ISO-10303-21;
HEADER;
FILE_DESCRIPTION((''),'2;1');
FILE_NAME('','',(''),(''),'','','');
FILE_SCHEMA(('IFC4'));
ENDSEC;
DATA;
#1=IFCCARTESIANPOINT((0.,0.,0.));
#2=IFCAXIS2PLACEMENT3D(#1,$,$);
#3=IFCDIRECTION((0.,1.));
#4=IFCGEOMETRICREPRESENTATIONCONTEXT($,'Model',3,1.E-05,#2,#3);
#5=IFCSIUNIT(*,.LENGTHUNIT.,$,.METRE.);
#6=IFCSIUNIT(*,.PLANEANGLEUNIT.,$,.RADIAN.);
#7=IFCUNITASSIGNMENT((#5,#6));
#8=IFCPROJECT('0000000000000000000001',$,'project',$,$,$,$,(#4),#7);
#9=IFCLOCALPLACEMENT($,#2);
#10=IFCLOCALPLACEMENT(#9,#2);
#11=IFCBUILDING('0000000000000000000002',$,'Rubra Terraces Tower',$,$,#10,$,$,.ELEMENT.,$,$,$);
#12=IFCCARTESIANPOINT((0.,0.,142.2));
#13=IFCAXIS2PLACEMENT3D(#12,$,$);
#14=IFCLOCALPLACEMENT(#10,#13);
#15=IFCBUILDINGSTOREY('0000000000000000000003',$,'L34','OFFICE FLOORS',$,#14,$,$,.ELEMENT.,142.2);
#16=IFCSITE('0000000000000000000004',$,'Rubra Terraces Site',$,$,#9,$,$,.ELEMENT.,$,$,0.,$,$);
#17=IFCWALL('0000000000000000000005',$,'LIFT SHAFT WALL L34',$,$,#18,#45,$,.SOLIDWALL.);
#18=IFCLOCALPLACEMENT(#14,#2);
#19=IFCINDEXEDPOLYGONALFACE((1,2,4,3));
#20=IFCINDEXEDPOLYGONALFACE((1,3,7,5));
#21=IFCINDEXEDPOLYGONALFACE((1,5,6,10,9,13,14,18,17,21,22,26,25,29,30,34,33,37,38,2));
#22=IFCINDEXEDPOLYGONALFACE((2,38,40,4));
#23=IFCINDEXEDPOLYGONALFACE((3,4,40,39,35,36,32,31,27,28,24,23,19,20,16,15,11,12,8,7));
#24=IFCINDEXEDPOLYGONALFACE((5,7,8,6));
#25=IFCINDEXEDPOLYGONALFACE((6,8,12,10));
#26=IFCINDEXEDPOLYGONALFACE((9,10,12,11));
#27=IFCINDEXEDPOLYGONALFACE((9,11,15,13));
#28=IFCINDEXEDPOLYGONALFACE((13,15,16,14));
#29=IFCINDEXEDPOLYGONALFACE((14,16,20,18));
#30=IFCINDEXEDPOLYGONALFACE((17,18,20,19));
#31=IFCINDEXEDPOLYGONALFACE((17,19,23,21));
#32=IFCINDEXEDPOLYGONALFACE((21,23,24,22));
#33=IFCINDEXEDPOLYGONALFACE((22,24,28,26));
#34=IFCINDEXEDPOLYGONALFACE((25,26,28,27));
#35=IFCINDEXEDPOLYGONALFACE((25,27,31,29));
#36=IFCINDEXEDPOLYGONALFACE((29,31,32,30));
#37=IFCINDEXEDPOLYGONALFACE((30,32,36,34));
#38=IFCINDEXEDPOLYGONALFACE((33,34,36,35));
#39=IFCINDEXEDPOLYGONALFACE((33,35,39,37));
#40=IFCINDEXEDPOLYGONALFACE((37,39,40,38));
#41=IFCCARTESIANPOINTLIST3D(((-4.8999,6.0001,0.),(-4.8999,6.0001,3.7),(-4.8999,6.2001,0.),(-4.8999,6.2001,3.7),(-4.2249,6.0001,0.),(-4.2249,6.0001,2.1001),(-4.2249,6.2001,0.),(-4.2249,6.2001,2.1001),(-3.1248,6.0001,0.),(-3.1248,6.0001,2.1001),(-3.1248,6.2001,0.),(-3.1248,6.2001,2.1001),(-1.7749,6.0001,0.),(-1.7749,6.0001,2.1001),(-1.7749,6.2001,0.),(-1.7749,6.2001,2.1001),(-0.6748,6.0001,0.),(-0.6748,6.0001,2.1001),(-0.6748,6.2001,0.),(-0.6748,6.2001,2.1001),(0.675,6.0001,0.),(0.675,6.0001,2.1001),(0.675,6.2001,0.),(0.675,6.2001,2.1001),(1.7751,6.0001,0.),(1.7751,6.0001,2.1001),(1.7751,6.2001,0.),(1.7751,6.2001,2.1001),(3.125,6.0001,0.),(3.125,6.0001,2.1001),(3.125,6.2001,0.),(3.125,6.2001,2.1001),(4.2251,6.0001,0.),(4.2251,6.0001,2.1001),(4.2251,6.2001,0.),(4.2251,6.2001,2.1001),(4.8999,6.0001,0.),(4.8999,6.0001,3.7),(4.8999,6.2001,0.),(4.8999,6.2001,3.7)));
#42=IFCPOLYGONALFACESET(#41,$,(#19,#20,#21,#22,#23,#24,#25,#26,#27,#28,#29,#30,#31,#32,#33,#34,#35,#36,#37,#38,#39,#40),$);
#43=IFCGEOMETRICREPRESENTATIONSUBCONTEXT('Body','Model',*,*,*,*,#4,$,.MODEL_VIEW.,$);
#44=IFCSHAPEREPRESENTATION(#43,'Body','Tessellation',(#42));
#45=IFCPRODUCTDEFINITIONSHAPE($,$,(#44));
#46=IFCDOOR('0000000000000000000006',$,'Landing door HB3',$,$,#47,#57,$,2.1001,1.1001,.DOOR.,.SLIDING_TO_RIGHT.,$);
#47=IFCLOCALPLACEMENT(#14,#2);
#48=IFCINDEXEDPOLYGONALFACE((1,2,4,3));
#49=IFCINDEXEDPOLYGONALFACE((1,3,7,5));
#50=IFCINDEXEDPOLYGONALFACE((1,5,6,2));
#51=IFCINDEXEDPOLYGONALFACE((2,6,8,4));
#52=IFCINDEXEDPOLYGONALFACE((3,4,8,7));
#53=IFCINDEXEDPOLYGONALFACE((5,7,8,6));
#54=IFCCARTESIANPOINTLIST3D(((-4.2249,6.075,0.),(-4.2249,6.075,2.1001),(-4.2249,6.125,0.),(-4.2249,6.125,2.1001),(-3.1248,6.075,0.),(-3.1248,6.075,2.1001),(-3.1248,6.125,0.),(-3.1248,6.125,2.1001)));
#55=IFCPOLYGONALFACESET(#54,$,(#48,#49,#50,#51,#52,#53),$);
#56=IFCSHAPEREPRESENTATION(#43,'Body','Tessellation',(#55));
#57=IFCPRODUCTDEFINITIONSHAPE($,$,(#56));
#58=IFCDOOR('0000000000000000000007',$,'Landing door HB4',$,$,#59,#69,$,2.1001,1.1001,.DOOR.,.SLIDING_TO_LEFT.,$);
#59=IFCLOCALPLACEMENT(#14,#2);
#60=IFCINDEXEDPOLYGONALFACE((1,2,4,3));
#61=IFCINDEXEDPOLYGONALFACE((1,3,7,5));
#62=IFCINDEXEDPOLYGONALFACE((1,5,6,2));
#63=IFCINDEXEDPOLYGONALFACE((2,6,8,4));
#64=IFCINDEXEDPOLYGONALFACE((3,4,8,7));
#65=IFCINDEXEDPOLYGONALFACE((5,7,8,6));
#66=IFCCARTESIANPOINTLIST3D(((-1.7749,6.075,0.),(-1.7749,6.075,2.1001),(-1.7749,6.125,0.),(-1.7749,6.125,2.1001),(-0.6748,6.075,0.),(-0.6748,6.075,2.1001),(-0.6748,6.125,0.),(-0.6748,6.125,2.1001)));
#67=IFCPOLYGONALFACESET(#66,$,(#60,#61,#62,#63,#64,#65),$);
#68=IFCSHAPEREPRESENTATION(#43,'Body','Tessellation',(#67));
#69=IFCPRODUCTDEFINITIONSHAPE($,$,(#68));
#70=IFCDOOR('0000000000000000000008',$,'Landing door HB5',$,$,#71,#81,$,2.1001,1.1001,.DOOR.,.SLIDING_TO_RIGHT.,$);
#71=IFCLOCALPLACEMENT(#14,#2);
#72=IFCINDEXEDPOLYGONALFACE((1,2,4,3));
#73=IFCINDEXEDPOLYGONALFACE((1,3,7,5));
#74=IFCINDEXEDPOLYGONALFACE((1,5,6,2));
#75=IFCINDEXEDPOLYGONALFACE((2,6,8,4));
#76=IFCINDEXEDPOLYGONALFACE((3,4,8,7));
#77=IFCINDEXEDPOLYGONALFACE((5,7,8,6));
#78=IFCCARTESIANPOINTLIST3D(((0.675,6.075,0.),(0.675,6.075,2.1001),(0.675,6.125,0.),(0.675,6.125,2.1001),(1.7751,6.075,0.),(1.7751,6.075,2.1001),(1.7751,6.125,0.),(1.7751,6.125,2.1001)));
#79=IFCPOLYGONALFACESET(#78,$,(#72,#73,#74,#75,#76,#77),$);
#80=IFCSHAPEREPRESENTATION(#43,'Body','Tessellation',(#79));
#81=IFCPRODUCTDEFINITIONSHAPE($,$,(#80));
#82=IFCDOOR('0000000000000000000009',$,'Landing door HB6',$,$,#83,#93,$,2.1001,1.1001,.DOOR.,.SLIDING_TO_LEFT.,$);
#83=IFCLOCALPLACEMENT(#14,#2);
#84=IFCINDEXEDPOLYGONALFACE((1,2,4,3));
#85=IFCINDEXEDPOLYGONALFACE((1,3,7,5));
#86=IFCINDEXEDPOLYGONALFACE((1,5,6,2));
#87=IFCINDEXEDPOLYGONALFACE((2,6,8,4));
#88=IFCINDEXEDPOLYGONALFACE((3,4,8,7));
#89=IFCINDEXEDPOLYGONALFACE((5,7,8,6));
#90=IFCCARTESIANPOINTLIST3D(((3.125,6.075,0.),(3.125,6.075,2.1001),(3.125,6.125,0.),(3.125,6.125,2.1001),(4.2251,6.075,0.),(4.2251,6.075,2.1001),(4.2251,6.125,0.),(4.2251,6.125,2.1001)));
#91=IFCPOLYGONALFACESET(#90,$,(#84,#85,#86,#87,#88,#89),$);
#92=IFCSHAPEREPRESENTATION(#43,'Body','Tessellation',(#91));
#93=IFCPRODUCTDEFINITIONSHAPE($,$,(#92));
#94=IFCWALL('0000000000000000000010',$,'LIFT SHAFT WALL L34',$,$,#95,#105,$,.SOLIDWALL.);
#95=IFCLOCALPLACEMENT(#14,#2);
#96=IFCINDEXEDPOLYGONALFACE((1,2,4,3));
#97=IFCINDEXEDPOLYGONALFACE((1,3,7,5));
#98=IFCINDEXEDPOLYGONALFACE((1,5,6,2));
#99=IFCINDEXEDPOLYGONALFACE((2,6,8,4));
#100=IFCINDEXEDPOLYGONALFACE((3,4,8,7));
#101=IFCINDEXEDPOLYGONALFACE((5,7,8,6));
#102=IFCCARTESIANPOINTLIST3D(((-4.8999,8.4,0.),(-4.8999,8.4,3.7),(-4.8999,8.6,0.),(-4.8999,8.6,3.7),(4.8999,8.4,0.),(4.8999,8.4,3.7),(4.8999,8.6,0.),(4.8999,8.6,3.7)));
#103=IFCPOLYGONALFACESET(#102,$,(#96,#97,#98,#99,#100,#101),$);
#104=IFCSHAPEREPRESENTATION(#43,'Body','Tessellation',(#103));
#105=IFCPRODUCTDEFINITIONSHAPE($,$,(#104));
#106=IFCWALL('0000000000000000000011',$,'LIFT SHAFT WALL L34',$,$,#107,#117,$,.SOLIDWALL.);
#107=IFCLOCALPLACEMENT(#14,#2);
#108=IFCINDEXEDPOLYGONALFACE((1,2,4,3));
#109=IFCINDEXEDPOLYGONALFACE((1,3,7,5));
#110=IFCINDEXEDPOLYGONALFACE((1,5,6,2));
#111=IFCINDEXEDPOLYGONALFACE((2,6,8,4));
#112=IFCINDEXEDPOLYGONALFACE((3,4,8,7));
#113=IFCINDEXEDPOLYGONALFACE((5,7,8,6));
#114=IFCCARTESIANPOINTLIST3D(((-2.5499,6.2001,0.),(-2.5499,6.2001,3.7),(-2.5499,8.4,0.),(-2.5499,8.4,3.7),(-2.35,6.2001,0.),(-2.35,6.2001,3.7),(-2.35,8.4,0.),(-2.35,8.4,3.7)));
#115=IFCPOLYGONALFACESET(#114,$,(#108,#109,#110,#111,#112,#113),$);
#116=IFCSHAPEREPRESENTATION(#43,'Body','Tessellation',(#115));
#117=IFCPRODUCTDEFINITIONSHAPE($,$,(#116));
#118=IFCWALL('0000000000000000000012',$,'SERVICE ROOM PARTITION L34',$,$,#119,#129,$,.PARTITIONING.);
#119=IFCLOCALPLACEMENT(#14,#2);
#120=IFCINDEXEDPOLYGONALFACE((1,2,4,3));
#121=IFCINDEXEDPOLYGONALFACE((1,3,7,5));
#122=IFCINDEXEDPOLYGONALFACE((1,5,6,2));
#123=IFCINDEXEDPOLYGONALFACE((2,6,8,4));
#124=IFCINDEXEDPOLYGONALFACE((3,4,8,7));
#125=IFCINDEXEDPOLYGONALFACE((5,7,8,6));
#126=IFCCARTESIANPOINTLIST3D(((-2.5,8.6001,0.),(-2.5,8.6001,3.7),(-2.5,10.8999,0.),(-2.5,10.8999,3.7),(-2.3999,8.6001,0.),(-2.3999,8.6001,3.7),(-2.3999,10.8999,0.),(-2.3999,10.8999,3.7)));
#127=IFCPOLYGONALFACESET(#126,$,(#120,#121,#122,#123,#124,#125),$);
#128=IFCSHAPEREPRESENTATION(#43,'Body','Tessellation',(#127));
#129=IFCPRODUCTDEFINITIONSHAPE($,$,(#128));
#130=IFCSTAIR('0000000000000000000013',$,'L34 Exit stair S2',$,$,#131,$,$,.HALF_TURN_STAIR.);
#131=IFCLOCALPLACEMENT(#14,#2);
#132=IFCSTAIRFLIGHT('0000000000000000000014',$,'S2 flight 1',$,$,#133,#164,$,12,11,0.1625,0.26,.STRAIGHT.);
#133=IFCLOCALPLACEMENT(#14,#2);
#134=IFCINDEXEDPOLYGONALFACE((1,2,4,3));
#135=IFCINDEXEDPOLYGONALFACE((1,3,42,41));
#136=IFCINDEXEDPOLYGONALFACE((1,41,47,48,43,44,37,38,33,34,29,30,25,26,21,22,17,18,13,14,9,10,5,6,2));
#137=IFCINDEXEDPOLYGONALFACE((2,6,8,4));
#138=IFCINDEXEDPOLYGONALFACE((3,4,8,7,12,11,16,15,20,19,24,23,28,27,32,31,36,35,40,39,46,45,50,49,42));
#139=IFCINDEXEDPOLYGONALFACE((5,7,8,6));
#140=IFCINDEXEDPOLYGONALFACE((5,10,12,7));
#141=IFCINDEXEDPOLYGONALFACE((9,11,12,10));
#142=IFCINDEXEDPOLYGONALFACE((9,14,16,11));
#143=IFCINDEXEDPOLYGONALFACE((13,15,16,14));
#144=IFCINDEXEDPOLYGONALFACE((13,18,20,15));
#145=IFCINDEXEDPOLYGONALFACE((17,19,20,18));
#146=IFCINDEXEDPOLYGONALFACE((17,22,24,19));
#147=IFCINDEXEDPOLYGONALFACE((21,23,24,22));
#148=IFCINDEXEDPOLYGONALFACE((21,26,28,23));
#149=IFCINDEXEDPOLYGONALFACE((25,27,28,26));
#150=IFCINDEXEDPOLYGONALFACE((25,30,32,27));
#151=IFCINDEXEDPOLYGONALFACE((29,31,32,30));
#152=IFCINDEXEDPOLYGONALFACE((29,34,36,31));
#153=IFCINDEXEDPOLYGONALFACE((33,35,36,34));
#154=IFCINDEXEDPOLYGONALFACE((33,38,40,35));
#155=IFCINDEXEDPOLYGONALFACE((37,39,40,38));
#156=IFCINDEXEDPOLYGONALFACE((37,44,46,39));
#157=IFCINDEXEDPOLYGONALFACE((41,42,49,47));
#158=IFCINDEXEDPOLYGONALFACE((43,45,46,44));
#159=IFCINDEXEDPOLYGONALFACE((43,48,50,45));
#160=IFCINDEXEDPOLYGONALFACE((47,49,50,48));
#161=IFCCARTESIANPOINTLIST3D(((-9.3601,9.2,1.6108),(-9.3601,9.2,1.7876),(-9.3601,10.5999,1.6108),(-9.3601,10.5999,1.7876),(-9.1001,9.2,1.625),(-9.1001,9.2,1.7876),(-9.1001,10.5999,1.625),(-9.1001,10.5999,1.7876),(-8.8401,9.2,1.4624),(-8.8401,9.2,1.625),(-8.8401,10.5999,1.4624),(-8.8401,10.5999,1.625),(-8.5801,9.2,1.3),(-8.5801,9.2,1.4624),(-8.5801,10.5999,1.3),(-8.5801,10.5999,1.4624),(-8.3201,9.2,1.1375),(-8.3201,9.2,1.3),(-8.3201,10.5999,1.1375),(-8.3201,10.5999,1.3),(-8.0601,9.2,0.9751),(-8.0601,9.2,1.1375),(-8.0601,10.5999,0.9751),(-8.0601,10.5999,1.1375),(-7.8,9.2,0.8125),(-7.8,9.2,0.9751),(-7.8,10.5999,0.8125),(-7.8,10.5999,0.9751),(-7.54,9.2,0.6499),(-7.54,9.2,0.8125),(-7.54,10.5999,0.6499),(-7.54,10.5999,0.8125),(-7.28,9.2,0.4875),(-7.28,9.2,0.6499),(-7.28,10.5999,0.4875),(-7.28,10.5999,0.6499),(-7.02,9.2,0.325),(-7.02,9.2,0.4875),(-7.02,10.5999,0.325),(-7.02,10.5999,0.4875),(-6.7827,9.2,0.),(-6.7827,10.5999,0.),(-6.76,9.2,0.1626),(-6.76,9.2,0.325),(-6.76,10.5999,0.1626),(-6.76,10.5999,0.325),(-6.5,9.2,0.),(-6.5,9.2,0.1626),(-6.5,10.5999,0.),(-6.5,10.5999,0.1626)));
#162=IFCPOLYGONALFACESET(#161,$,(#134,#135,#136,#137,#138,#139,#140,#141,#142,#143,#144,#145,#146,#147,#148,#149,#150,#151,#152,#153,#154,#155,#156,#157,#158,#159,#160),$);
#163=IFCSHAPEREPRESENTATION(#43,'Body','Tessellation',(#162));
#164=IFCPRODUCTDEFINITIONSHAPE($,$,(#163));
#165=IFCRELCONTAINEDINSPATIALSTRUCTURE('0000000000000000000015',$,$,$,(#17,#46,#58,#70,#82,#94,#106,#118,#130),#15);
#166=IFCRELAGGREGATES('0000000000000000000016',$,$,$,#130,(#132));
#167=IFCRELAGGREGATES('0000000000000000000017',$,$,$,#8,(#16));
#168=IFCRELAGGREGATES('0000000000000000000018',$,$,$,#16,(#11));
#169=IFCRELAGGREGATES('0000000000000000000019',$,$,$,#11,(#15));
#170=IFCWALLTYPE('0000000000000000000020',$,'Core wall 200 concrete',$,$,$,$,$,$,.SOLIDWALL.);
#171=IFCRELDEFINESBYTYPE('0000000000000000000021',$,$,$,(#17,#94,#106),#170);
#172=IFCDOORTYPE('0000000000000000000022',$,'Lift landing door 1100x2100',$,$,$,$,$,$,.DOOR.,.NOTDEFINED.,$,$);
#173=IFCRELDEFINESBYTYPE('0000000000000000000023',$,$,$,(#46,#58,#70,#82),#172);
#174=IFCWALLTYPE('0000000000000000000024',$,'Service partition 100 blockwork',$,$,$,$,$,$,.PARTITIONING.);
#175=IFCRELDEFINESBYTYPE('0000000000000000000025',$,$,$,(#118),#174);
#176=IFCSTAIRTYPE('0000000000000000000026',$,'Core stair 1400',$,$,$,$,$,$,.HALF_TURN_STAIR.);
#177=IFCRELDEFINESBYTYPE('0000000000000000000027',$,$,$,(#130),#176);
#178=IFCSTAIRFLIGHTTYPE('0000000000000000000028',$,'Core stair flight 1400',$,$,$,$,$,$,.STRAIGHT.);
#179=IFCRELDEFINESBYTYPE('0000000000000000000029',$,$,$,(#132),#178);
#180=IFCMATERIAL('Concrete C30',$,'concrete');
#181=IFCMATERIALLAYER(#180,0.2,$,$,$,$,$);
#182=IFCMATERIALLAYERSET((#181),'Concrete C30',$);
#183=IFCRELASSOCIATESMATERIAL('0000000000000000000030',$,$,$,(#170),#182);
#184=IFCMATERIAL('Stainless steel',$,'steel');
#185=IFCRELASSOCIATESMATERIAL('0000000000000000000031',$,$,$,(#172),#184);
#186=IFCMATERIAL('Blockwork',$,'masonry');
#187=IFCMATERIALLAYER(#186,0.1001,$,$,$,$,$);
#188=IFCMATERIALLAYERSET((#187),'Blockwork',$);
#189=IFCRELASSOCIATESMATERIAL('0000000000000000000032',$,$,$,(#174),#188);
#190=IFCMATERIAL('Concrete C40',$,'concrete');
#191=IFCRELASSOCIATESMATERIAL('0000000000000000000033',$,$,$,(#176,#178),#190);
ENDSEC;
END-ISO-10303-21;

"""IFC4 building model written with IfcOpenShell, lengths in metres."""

from ifc_helpers import new_model, si_unit, direction, frame, frame_2d, origin, place, context, subcontext, project, spatial, polyline, rectangle, outline, extrude, material, layer, layer_set, type_object, element, fill, aggregate, save


model = new_model("IFC4")

# Units and contexts
model_context = context("Model", 3, precision=1e-05, world=origin(), true_north=direction((0.0, 1.0)))
body_context = subcontext(model_context, "Body", "Model", "MODEL_VIEW")
ifc_project = project(units=[si_unit("LENGTHUNIT", "METRE"), si_unit("PLANEANGLEUNIT", "RADIAN")], contexts=[model_context])

# Site, building, storey
site_placement = place(None, origin())
site = spatial("IfcSite", under=ifc_project, at=site_placement, Name="Rubra Terraces Site", CompositionType="ELEMENT", RefElevation=0.0)
building_placement = place(site_placement, origin())
building = spatial("IfcBuilding", under=site, at=building_placement, Name="Rubra Terraces Tower", CompositionType="ELEMENT")
storey_placement = place(building_placement, frame((0.0, 0.0, 142.2)))
storey = spatial("IfcBuildingStorey", under=building, at=storey_placement, Name="L34", Description="OFFICE FLOORS", CompositionType="ELEMENT", Elevation=142.2)

# Wall, openings, doors
ifc_material_1 = material(Name="Concrete C30", Category="concrete")
ifc_layer_1 = layer(ifc_material_1, 0.2)
ifc_layer_set_1 = layer_set([ifc_layer_1], Name="Concrete C30")
wall_type_1 = type_object("IfcWallType", Name="Core wall 200 concrete", PredefinedType="SOLIDWALL", material=ifc_layer_set_1)
ifc_material_2 = material(Name="Stainless steel", Category="steel")
door_type_1 = type_object("IfcDoorType", Name="Lift landing door 1100x2100", OperationType="NOTDEFINED", PredefinedType="DOOR", material=ifc_material_2)
wall_1_placement = place(storey_placement, frame((-4.8999, 6.1001, 0.0), z_axis=(0.0, 0.0, 1.0), x_axis=(1.0, 0.0, 0.0)))
wall_1 = element("IfcWall", 1, at=wall_1_placement, inside=storey, type_object=wall_type_1, Name="LIFT SHAFT WALL L34", PredefinedType="SOLIDWALL", context=body_context, shape_type="SweptSolid", body=[
    extrude(rectangle(XDim=9.7998, YDim=0.2, at=frame_2d((4.8999, 0.0))), origin(), (0.0, 0.0, 1.0), 3.7),
])
opening_1_placement = place(wall_1_placement, frame((0.675, 0.0, 0.0)))
opening_1 = element("IfcOpeningElement", 2, at=opening_1_placement, cuts=wall_1, PredefinedType="OPENING", context=body_context, shape_type="SweptSolid", body=[
    extrude(rectangle(XDim=1.1001, YDim=2.1001, at=frame_2d((0.55, 1.05))), frame((0.0, 0.1099, 0.0), z_axis=(0.0, -1.0, 0.0), x_axis=(1.0, 0.0, 0.0)), (0.0, 0.0, 1.0), 0.22),
])
opening_2_placement = place(wall_1_placement, frame((3.125, 0.0, 0.0)))
opening_2 = element("IfcOpeningElement", 3, at=opening_2_placement, cuts=wall_1, PredefinedType="OPENING", context=body_context, shape_type="SweptSolid", body=[
    extrude(rectangle(XDim=1.1001, YDim=2.1001, at=frame_2d((0.55, 1.05))), frame((0.0, 0.1099, 0.0), z_axis=(0.0, -1.0, 0.0), x_axis=(1.0, 0.0, 0.0)), (0.0, 0.0, 1.0), 0.22),
])
opening_3_placement = place(wall_1_placement, frame((5.575, 0.0, 0.0)))
opening_3 = element("IfcOpeningElement", 4, at=opening_3_placement, cuts=wall_1, PredefinedType="OPENING", context=body_context, shape_type="SweptSolid", body=[
    extrude(rectangle(XDim=1.1001, YDim=2.1001, at=frame_2d((0.55, 1.05))), frame((0.0, 0.1099, 0.0), z_axis=(0.0, -1.0, 0.0), x_axis=(1.0, 0.0, 0.0)), (0.0, 0.0, 1.0), 0.22),
])
opening_4_placement = place(wall_1_placement, frame((8.0249, 0.0, 0.0)))
opening_4 = element("IfcOpeningElement", 5, at=opening_4_placement, cuts=wall_1, PredefinedType="OPENING", context=body_context, shape_type="SweptSolid", body=[
    extrude(rectangle(XDim=1.1001, YDim=2.1001, at=frame_2d((0.55, 1.05))), frame((0.0, 0.1099, 0.0), z_axis=(0.0, -1.0, 0.0), x_axis=(1.0, 0.0, 0.0)), (0.0, 0.0, 1.0), 0.22),
])
door_1_placement = place(opening_1_placement, origin())
door_1 = element("IfcDoor", 6, at=door_1_placement, inside=storey, type_object=door_type_1, Name="Landing door HB3", OperationType="SLIDING_TO_RIGHT", OverallHeight=2.1001, OverallWidth=1.1001, PredefinedType="DOOR", context=body_context, shape_type="SweptSolid", body=[
    extrude(rectangle(XDim=1.1001, YDim=2.1001, at=frame_2d((0.55, 1.05))), frame((0.0, 0.0249, 0.0), z_axis=(0.0, -1.0, 0.0), x_axis=(1.0, 0.0, 0.0)), (0.0, 0.0, 1.0), 0.05),
])
fill(opening_1, door_1)
door_2_placement = place(opening_2_placement, origin())
door_2 = element("IfcDoor", 7, at=door_2_placement, inside=storey, type_object=door_type_1, Name="Landing door HB4", OperationType="SLIDING_TO_LEFT", OverallHeight=2.1001, OverallWidth=1.1001, PredefinedType="DOOR", context=body_context, shape_type="SweptSolid", body=[
    extrude(rectangle(XDim=1.1001, YDim=2.1001, at=frame_2d((0.55, 1.05))), frame((0.0, 0.0249, 0.0), z_axis=(0.0, -1.0, 0.0), x_axis=(1.0, 0.0, 0.0)), (0.0, 0.0, 1.0), 0.05),
])
fill(opening_2, door_2)
door_3_placement = place(opening_3_placement, origin())
door_3 = element("IfcDoor", 8, at=door_3_placement, inside=storey, type_object=door_type_1, Name="Landing door HB5", OperationType="SLIDING_TO_RIGHT", OverallHeight=2.1001, OverallWidth=1.1001, PredefinedType="DOOR", context=body_context, shape_type="SweptSolid", body=[
    extrude(rectangle(XDim=1.1001, YDim=2.1001, at=frame_2d((0.55, 1.05))), frame((0.0, 0.0249, 0.0), z_axis=(0.0, -1.0, 0.0), x_axis=(1.0, 0.0, 0.0)), (0.0, 0.0, 1.0), 0.05),
])
fill(opening_3, door_3)
door_4_placement = place(opening_4_placement, origin())
door_4 = element("IfcDoor", 9, at=door_4_placement, inside=storey, type_object=door_type_1, Name="Landing door HB6", OperationType="SLIDING_TO_LEFT", OverallHeight=2.1001, OverallWidth=1.1001, PredefinedType="DOOR", context=body_context, shape_type="SweptSolid", body=[
    extrude(rectangle(XDim=1.1001, YDim=2.1001, at=frame_2d((0.55, 1.05))), frame((0.0, 0.0249, 0.0), z_axis=(0.0, -1.0, 0.0), x_axis=(1.0, 0.0, 0.0)), (0.0, 0.0, 1.0), 0.05),
])
fill(opening_4, door_4)

# Walls
wall_2_placement = place(storey_placement, frame((-4.8999, 8.5, 0.0), z_axis=(0.0, 0.0, 1.0), x_axis=(1.0, 0.0, 0.0)))
element("IfcWall", 10, at=wall_2_placement, inside=storey, type_object=wall_type_1, Name="LIFT SHAFT WALL L34", PredefinedType="SOLIDWALL", context=body_context, shape_type="SweptSolid", body=[
    extrude(rectangle(XDim=9.7998, YDim=0.2, at=frame_2d((4.8999, 0.0))), origin(), (0.0, 0.0, 1.0), 3.7),
])
wall_3_placement = place(storey_placement, frame((-2.45, 6.2, 0.0), z_axis=(0.0, 0.0, 1.0), x_axis=(0.0, 1.0, 0.0)))
element("IfcWall", 11, at=wall_3_placement, inside=storey, type_object=wall_type_1, Name="LIFT SHAFT WALL L34", PredefinedType="SOLIDWALL", context=body_context, shape_type="SweptSolid", body=[
    extrude(rectangle(XDim=2.2, YDim=0.2, at=frame_2d((1.1001, 0.0))), origin(), (0.0, 0.0, 1.0), 3.7),
])
ifc_material_3 = material(Name="Blockwork", Category="masonry")
ifc_layer_2 = layer(ifc_material_3, 0.1001)
ifc_layer_set_2 = layer_set([ifc_layer_2], Name="Blockwork")
wall_type_2 = type_object("IfcWallType", Name="Service partition 100 blockwork", PredefinedType="PARTITIONING", material=ifc_layer_set_2)
wall_4_placement = place(storey_placement, frame((-2.45, 8.6001, 0.0), z_axis=(0.0, 0.0, 1.0), x_axis=(0.0, 1.0, 0.0)))
element("IfcWall", 12, at=wall_4_placement, inside=storey, type_object=wall_type_2, Name="SERVICE ROOM PARTITION L34", PredefinedType="PARTITIONING", context=body_context, shape_type="SweptSolid", body=[
    extrude(rectangle(XDim=2.2998, YDim=0.1001, at=frame_2d((1.1499, 0.0))), origin(), (0.0, 0.0, 1.0), 3.7),
])

# Stair, stair flight
ifc_material_4 = material(Name="Concrete C40", Category="concrete")
stair_type = type_object("IfcStairType", Name="Core stair 1400", PredefinedType="HALF_TURN_STAIR", material=ifc_material_4)
stair_placement = place(storey_placement, origin())
stair = element("IfcStair", 13, at=stair_placement, inside=storey, type_object=stair_type, Name="L34 Exit stair S2", PredefinedType="HALF_TURN_STAIR")
stair_flight_type = type_object("IfcStairFlightType", Name="Core stair flight 1400", PredefinedType="STRAIGHT", material=ifc_material_4)
stair_flight_placement = place(storey_placement, frame((-6.5, 9.8999, 0.0), z_axis=(0.0, 0.0, 1.0), x_axis=(-1.0, 0.0, 0.0)))
stair_flight = element("IfcStairFlight", 14, at=stair_flight_placement, type_object=stair_flight_type, Name="S2 flight 1", NumberOfRisers=12, NumberOfTreads=11, PredefinedType="STRAIGHT", RiserHeight=0.1625, TreadLength=0.26, context=body_context, shape_type="SweptSolid", body=[
    extrude(outline(polyline([(0.0, 0.0), (0.0, 0.1626), (0.26, 0.1626), (0.26, 0.325), (0.52, 0.325), (0.52, 0.4875), (0.78, 0.4875), (0.78, 0.6499), (1.04, 0.6499), (1.04, 0.8125), (1.3, 0.8125), (1.3, 0.9751), (1.5601, 0.9751), (1.5601, 1.1375), (1.8201, 1.1375), (1.8201, 1.3), (2.0801, 1.3), (2.0801, 1.4624), (2.3401, 1.4624), (2.3401, 1.625), (2.6001, 1.625), (2.6001, 1.7876), (2.8601, 1.7876), (2.8601, 1.95), (2.8601, 1.6108), (0.2827, 0.0), (0.0, 0.0)])), frame((0.0, 0.7, 0.0), z_axis=(0.0, -1.0, 0.0), x_axis=(1.0, 0.0, 0.0)), (0.0, 0.0, 1.0), 1.3999),
])
aggregate(stair, [stair_flight])

save(model, "model.ifc")
